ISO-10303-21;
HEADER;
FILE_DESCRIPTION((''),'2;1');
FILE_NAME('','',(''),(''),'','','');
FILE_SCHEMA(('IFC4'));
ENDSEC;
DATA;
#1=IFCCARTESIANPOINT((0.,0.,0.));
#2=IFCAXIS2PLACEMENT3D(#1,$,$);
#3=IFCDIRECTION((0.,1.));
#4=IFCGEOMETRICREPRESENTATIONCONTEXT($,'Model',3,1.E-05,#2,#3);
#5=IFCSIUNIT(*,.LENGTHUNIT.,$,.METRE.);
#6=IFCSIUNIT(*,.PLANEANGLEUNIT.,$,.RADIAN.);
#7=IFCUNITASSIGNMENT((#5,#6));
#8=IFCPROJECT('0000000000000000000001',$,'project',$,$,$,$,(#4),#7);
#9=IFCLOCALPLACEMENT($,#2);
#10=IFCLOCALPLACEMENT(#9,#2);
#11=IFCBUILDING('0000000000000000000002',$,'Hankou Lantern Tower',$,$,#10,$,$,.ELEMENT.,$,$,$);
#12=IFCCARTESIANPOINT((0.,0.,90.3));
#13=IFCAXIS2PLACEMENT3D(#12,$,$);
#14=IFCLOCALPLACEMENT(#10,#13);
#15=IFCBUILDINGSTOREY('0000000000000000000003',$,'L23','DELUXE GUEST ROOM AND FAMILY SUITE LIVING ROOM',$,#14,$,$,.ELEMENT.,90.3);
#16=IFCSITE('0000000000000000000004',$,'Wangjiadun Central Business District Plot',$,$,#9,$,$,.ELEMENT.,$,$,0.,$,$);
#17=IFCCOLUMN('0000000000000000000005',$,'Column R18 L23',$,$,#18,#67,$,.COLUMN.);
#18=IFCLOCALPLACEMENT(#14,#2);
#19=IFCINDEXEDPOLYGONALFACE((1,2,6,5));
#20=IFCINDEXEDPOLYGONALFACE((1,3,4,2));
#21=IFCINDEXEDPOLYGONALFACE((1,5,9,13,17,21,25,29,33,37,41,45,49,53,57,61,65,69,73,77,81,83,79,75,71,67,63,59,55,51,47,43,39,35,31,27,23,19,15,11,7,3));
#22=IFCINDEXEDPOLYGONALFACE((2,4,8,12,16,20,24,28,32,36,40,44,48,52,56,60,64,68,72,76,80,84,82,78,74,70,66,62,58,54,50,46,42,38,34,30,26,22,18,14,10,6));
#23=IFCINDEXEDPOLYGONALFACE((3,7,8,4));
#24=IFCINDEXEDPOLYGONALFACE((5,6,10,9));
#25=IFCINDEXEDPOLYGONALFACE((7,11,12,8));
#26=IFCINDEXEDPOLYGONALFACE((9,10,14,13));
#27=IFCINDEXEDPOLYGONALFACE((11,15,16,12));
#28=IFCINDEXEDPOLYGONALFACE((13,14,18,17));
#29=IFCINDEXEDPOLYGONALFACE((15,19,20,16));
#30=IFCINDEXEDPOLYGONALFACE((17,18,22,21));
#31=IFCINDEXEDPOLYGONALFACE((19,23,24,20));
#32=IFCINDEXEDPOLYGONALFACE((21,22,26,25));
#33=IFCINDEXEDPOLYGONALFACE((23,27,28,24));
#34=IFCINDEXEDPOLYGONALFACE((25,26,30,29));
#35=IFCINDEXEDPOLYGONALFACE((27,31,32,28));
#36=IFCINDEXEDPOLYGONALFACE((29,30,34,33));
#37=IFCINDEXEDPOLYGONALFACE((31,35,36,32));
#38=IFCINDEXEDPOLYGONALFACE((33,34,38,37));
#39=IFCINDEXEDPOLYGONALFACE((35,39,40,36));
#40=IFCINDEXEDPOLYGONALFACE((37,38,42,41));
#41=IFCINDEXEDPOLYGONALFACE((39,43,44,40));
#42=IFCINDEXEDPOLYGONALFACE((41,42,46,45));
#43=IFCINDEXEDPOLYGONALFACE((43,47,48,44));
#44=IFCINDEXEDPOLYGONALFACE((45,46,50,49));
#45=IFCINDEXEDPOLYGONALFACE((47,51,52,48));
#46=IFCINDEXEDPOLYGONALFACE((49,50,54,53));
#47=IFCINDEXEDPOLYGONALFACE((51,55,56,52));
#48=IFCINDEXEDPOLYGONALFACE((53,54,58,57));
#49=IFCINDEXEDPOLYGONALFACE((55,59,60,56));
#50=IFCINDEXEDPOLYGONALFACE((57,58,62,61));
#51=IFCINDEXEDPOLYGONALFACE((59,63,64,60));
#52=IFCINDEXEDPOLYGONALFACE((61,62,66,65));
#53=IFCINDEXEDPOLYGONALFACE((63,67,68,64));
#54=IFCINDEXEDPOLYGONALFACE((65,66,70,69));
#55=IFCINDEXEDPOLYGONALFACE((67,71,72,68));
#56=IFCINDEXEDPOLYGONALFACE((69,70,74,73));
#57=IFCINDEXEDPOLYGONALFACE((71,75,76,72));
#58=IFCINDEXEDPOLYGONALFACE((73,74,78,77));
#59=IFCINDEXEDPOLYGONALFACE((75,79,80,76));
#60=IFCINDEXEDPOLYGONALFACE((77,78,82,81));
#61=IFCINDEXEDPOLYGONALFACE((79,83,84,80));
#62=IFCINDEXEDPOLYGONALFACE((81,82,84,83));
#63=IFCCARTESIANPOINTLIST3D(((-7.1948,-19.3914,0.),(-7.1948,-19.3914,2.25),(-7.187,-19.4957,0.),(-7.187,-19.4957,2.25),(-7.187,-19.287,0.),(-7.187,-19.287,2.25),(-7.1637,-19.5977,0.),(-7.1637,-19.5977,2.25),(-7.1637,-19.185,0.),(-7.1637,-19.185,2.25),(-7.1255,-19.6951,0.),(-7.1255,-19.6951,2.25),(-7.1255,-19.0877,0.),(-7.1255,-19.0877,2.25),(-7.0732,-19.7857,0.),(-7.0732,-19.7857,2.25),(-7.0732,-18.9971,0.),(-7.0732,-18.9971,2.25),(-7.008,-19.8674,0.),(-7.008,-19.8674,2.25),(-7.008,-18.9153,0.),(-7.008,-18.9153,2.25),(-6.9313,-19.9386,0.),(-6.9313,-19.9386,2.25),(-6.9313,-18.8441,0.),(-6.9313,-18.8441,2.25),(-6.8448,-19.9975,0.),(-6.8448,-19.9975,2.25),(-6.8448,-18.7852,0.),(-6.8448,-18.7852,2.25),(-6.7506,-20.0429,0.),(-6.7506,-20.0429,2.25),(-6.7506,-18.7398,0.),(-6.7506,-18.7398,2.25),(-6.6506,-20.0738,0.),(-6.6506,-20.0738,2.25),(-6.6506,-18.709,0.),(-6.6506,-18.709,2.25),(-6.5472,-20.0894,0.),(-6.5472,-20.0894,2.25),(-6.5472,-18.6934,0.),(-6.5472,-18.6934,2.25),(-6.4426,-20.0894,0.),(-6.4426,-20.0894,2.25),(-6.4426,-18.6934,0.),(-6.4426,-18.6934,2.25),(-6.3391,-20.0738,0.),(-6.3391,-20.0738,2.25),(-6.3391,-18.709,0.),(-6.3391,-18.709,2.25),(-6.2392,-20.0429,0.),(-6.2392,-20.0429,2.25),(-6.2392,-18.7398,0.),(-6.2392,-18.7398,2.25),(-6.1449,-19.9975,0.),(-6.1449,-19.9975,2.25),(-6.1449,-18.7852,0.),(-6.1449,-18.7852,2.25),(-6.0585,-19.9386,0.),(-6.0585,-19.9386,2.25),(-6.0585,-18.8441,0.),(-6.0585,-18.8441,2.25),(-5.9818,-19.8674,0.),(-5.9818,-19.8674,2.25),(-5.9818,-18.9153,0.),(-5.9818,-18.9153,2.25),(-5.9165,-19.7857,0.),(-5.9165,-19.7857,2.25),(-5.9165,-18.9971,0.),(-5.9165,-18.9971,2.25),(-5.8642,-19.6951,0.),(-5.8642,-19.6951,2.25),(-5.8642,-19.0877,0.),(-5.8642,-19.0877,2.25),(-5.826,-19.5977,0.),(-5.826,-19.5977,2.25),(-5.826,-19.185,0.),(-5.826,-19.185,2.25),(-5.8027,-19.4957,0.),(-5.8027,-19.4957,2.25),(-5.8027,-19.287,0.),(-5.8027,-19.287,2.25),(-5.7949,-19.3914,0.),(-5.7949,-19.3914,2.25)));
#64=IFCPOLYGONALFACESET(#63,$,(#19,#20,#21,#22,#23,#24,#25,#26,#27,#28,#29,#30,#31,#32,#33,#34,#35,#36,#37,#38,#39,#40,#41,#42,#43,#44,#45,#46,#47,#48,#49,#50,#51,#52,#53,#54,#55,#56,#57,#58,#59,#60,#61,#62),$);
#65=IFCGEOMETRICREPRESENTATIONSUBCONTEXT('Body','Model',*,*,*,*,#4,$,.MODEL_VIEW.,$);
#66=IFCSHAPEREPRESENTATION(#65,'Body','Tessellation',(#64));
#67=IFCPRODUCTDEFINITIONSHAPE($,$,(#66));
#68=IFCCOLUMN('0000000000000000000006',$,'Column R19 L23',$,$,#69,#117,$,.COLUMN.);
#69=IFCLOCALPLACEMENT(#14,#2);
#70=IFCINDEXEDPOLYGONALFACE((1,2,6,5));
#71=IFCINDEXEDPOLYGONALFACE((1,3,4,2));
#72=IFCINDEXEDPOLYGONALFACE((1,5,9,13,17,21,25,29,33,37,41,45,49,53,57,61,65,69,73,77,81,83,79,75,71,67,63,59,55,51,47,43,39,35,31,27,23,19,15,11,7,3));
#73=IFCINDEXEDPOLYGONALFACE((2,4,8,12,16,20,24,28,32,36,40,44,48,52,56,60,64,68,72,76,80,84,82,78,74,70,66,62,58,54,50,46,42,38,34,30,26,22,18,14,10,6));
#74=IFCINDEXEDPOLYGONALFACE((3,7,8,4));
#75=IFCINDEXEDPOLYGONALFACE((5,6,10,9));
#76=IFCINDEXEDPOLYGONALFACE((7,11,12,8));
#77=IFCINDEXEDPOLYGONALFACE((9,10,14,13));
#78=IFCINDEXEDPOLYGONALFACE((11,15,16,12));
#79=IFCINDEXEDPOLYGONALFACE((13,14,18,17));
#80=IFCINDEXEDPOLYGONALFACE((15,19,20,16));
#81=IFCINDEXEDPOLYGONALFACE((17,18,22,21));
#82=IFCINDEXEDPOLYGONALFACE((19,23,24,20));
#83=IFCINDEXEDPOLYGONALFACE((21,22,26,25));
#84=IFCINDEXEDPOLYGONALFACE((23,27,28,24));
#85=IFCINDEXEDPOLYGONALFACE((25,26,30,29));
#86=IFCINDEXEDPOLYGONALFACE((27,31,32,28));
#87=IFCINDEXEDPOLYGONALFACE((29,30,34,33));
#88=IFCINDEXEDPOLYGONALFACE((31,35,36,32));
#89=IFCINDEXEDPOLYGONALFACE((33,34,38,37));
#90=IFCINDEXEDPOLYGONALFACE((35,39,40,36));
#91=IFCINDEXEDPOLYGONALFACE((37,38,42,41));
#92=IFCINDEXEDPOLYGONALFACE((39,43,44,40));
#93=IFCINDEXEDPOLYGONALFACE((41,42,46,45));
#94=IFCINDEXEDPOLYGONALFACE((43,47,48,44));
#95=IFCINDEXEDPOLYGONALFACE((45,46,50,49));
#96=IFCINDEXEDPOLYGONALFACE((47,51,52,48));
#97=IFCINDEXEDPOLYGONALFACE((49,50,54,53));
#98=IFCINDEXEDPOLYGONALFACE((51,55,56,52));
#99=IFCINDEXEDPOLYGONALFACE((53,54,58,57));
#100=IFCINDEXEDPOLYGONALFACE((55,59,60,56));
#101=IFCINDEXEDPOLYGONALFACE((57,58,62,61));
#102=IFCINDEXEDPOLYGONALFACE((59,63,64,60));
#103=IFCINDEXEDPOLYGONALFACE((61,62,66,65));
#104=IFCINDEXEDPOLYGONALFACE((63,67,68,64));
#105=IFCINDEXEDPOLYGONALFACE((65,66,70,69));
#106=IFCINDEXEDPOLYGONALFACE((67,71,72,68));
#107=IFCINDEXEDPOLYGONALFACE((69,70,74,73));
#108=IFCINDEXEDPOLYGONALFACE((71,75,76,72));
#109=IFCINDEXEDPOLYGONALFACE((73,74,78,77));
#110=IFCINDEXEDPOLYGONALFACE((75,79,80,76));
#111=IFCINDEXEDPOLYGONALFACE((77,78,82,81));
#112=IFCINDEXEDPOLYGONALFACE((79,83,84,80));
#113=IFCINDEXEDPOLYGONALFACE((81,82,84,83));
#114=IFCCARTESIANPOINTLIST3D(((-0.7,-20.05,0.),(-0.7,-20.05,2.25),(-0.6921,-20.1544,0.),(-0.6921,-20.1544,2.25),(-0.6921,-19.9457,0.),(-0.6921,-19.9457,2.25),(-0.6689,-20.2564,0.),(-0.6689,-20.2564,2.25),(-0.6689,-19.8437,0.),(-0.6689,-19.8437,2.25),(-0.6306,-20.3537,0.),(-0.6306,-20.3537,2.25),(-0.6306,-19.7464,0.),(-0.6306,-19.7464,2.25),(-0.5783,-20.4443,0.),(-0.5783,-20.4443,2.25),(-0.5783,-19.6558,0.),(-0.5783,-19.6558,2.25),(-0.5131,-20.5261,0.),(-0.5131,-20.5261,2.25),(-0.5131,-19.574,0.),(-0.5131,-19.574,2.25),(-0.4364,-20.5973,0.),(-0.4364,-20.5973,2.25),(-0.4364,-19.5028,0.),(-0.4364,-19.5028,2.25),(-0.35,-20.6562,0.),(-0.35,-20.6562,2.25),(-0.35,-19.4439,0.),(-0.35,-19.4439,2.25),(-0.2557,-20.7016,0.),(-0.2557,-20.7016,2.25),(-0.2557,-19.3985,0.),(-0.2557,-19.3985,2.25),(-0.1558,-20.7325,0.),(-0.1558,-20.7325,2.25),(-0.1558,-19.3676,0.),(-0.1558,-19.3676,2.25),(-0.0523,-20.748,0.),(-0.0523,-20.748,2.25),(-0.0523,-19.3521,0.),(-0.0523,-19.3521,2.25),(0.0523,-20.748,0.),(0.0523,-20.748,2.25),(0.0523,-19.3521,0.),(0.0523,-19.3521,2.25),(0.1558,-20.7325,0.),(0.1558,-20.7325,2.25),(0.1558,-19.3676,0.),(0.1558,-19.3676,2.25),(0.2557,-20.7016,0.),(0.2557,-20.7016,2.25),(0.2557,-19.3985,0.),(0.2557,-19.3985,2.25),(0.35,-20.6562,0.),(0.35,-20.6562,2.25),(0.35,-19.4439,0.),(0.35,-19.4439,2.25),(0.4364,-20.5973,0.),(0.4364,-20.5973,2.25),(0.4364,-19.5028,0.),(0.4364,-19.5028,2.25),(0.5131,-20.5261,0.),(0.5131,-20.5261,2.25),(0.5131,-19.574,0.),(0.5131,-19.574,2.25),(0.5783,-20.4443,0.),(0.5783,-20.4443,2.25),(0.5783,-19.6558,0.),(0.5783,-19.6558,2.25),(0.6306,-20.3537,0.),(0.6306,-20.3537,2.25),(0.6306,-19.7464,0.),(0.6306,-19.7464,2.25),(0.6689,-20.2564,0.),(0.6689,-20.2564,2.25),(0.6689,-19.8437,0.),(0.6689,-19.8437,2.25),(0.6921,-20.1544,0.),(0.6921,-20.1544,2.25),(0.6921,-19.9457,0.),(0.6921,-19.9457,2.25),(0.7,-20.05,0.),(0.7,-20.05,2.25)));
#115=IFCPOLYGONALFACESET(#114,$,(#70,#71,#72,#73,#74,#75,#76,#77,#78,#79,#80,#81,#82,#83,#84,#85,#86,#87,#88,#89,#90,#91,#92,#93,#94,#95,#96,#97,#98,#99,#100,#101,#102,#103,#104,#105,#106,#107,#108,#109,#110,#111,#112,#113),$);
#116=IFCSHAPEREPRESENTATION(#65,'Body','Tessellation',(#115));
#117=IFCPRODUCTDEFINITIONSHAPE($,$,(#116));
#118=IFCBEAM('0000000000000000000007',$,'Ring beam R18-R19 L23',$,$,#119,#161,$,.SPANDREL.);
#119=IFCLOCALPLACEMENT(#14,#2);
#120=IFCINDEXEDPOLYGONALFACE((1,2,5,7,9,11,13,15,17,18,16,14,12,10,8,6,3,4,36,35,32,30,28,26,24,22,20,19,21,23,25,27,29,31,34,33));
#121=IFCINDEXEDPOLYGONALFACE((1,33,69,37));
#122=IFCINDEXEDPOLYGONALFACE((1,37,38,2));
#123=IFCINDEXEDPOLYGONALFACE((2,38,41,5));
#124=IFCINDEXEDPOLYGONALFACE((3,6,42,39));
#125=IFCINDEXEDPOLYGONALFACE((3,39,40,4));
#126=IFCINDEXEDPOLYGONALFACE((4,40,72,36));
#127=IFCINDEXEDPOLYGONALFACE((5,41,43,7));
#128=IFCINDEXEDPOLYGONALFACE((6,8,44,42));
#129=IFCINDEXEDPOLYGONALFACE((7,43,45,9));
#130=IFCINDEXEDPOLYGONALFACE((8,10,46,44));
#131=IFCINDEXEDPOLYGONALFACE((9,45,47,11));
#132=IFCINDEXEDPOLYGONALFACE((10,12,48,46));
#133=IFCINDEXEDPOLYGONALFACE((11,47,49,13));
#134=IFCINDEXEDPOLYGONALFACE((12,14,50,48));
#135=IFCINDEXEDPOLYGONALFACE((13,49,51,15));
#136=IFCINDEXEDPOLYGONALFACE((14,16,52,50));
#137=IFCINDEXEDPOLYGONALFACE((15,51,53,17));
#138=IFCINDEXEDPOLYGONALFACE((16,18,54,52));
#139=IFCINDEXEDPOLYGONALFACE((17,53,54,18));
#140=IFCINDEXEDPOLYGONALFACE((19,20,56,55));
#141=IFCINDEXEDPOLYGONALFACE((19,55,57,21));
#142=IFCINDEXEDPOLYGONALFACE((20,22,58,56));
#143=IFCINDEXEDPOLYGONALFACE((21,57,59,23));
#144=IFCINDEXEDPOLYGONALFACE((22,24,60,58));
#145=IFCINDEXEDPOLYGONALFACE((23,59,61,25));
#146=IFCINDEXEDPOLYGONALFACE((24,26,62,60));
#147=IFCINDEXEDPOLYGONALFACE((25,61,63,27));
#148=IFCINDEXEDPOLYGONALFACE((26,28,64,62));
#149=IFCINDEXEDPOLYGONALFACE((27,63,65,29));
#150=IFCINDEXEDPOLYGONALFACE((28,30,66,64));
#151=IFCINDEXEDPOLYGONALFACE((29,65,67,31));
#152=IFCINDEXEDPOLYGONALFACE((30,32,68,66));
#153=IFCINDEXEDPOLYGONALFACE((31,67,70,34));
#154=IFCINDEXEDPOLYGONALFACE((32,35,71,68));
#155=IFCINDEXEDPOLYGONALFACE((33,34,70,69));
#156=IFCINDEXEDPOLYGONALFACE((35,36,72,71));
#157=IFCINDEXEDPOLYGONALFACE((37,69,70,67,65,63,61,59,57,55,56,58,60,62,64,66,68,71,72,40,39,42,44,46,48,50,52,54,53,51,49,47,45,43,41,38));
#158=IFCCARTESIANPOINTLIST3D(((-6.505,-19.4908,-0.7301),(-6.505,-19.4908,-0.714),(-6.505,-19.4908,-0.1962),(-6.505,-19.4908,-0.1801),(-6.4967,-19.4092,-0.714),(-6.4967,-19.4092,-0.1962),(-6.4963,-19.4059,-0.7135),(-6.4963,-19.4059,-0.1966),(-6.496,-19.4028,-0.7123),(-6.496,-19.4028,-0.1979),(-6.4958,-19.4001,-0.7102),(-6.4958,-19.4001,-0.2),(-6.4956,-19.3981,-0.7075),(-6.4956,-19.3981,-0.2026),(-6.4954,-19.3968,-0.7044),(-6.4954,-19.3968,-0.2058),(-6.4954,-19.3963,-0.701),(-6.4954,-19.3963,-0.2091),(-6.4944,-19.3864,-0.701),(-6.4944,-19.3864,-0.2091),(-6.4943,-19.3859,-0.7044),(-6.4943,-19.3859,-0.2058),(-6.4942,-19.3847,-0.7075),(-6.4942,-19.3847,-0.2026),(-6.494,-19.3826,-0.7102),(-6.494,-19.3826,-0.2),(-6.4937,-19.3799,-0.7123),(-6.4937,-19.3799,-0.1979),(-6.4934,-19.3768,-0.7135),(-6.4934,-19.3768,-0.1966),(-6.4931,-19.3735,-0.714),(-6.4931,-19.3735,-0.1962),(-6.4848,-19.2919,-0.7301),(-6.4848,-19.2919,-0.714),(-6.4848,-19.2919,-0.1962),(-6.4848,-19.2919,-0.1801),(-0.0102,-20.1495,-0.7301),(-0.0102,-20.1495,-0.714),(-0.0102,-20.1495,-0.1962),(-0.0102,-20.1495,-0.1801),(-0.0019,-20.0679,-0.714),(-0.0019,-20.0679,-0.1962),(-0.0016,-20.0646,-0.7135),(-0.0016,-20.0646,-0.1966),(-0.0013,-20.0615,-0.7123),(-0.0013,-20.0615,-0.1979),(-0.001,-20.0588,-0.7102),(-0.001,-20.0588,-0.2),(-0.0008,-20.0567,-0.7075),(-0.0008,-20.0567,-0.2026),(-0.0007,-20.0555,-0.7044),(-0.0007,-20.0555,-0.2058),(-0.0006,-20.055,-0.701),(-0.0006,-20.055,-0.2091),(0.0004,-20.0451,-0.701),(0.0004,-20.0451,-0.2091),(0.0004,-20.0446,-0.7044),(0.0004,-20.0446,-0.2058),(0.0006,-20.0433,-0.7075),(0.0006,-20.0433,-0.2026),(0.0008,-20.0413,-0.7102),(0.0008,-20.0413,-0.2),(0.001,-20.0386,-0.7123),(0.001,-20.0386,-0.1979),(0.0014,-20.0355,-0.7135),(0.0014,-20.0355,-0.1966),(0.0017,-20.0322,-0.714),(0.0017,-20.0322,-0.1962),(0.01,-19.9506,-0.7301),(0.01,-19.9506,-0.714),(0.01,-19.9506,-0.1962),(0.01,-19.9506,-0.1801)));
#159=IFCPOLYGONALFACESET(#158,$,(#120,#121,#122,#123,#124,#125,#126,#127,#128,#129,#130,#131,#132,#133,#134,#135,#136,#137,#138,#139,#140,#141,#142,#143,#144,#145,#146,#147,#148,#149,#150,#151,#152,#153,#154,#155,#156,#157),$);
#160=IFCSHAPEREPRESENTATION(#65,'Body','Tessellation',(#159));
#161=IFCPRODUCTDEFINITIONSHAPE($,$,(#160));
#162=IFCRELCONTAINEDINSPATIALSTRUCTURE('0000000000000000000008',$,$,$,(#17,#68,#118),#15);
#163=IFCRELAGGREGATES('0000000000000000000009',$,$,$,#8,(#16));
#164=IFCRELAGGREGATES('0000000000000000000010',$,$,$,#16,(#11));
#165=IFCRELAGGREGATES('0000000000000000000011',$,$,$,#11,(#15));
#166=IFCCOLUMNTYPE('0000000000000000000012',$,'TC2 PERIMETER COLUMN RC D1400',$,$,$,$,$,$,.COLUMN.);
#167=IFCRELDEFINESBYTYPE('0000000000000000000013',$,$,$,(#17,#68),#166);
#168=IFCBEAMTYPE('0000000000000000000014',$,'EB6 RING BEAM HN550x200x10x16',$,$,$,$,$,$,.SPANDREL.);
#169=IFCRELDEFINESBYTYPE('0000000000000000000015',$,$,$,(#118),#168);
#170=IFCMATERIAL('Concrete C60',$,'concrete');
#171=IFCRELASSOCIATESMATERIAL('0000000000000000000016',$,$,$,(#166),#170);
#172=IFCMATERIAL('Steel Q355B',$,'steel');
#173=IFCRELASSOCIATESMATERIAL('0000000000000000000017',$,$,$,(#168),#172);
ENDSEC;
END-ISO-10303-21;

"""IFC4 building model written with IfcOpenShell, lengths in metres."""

from ifc_helpers import new_model, si_unit, direction, frame, origin, origin_2d, place, context, subcontext, project, spatial, circle, i_section, extrude, clip, halfspace, material, material_profile, profile_set, type_object, element, save


model = new_model("IFC4")

# Units and contexts
model_context = context("Model", 3, precision=1e-05, world=origin(), true_north=direction((0.0, 1.0)))
body_context = subcontext(model_context, "Body", "Model", "MODEL_VIEW")
ifc_project = project(units=[si_unit("LENGTHUNIT", "METRE"), si_unit("PLANEANGLEUNIT", "RADIAN")], contexts=[model_context])

# Site, building, storey
site_placement = place(None, origin())
site = spatial("IfcSite", under=ifc_project, at=site_placement, Name="Wangjiadun Central Business District Plot", CompositionType="ELEMENT", RefElevation=0.0)
building_placement = place(site_placement, origin())
building = spatial("IfcBuilding", under=site, at=building_placement, Name="Hankou Lantern Tower", CompositionType="ELEMENT")
storey_placement = place(building_placement, frame((0.0, 0.0, 90.3)))
storey = spatial("IfcBuildingStorey", under=building, at=storey_placement, Name="L23", Description="DELUXE GUEST ROOM AND FAMILY SUITE LIVING ROOM", CompositionType="ELEMENT", Elevation=90.3)

# Columns
ifc_material_1 = material(Name="Concrete C60", Category="concrete")
ifc_material_profile_1 = material_profile(ifc_material_1, circle(Radius=0.7, at=origin_2d()), Name="RC D1400")
ifc_profile_set_1 = profile_set([ifc_material_profile_1], Name="Concrete C60")
column_type = type_object("IfcColumnType", Name="TC2 PERIMETER COLUMN RC D1400", PredefinedType="COLUMN", material=ifc_profile_set_1)
for number, where, z_axis, x_axis, name in (
    (1, (-6.4949, -19.3914, 0.0), (0.0, 0.0, 1.0), (1.0, 0.0, 0.0), "Column R18 L23"),
    (2, (0.0, -20.05, 0.0), (0.0, 0.0, 1.0), (1.0, 0.0, 0.0), "Column R19 L23"),
):
    element("IfcColumn", number, at=place(storey_placement, frame(where, z_axis=z_axis, x_axis=x_axis)), inside=storey, type_object=column_type, Name=name, PredefinedType="COLUMN", context=body_context, shape_type="Clipping", body=[
        clip(extrude(circle(Radius=0.7, at=origin_2d()), origin(), (0.0, 0.0, 1.0), 3.3), halfspace(frame((0.0, 0.0, 2.25), z_axis=(0.0, 0.0, 1.0), x_axis=(1.0, 0.0, 0.0)), False)),
    ])

# Beam
ifc_material_2 = material(Name="Steel Q355B", Category="steel")
ifc_material_profile_2 = material_profile(ifc_material_2, i_section(OverallWidth=0.2, OverallDepth=0.55, WebThickness=0.01, FlangeThickness=0.0161, FilletRadius=0.0129, at=origin_2d()), Name="HN550x200x10x16")
ifc_profile_set_2 = profile_set([ifc_material_profile_2], Name="Steel Q355B")
beam_type_1 = type_object("IfcBeamType", Name="EB6 RING BEAM HN550x200x10x16", PredefinedType="SPANDREL", material=ifc_profile_set_2)
beam_1_placement = place(storey_placement, frame((-6.4949, -19.3914, -0.4551), z_axis=(0.994897, -0.1009, 0.0), x_axis=(0.1009, 0.994897, 0.0)))
element("IfcBeam", 3, at=beam_1_placement, inside=storey, type_object=beam_type_1, Name="Ring beam R18-R19 L23", PredefinedType="SPANDREL", context=body_context, shape_type="SweptSolid", body=[
    extrude(i_section(OverallWidth=0.2, OverallDepth=0.55, WebThickness=0.01, FlangeThickness=0.0161, FilletRadius=0.0129, at=origin_2d()), origin(), (0.0, 0.0, 1.0), 6.5281),
])

save(model, "model.ifc")
